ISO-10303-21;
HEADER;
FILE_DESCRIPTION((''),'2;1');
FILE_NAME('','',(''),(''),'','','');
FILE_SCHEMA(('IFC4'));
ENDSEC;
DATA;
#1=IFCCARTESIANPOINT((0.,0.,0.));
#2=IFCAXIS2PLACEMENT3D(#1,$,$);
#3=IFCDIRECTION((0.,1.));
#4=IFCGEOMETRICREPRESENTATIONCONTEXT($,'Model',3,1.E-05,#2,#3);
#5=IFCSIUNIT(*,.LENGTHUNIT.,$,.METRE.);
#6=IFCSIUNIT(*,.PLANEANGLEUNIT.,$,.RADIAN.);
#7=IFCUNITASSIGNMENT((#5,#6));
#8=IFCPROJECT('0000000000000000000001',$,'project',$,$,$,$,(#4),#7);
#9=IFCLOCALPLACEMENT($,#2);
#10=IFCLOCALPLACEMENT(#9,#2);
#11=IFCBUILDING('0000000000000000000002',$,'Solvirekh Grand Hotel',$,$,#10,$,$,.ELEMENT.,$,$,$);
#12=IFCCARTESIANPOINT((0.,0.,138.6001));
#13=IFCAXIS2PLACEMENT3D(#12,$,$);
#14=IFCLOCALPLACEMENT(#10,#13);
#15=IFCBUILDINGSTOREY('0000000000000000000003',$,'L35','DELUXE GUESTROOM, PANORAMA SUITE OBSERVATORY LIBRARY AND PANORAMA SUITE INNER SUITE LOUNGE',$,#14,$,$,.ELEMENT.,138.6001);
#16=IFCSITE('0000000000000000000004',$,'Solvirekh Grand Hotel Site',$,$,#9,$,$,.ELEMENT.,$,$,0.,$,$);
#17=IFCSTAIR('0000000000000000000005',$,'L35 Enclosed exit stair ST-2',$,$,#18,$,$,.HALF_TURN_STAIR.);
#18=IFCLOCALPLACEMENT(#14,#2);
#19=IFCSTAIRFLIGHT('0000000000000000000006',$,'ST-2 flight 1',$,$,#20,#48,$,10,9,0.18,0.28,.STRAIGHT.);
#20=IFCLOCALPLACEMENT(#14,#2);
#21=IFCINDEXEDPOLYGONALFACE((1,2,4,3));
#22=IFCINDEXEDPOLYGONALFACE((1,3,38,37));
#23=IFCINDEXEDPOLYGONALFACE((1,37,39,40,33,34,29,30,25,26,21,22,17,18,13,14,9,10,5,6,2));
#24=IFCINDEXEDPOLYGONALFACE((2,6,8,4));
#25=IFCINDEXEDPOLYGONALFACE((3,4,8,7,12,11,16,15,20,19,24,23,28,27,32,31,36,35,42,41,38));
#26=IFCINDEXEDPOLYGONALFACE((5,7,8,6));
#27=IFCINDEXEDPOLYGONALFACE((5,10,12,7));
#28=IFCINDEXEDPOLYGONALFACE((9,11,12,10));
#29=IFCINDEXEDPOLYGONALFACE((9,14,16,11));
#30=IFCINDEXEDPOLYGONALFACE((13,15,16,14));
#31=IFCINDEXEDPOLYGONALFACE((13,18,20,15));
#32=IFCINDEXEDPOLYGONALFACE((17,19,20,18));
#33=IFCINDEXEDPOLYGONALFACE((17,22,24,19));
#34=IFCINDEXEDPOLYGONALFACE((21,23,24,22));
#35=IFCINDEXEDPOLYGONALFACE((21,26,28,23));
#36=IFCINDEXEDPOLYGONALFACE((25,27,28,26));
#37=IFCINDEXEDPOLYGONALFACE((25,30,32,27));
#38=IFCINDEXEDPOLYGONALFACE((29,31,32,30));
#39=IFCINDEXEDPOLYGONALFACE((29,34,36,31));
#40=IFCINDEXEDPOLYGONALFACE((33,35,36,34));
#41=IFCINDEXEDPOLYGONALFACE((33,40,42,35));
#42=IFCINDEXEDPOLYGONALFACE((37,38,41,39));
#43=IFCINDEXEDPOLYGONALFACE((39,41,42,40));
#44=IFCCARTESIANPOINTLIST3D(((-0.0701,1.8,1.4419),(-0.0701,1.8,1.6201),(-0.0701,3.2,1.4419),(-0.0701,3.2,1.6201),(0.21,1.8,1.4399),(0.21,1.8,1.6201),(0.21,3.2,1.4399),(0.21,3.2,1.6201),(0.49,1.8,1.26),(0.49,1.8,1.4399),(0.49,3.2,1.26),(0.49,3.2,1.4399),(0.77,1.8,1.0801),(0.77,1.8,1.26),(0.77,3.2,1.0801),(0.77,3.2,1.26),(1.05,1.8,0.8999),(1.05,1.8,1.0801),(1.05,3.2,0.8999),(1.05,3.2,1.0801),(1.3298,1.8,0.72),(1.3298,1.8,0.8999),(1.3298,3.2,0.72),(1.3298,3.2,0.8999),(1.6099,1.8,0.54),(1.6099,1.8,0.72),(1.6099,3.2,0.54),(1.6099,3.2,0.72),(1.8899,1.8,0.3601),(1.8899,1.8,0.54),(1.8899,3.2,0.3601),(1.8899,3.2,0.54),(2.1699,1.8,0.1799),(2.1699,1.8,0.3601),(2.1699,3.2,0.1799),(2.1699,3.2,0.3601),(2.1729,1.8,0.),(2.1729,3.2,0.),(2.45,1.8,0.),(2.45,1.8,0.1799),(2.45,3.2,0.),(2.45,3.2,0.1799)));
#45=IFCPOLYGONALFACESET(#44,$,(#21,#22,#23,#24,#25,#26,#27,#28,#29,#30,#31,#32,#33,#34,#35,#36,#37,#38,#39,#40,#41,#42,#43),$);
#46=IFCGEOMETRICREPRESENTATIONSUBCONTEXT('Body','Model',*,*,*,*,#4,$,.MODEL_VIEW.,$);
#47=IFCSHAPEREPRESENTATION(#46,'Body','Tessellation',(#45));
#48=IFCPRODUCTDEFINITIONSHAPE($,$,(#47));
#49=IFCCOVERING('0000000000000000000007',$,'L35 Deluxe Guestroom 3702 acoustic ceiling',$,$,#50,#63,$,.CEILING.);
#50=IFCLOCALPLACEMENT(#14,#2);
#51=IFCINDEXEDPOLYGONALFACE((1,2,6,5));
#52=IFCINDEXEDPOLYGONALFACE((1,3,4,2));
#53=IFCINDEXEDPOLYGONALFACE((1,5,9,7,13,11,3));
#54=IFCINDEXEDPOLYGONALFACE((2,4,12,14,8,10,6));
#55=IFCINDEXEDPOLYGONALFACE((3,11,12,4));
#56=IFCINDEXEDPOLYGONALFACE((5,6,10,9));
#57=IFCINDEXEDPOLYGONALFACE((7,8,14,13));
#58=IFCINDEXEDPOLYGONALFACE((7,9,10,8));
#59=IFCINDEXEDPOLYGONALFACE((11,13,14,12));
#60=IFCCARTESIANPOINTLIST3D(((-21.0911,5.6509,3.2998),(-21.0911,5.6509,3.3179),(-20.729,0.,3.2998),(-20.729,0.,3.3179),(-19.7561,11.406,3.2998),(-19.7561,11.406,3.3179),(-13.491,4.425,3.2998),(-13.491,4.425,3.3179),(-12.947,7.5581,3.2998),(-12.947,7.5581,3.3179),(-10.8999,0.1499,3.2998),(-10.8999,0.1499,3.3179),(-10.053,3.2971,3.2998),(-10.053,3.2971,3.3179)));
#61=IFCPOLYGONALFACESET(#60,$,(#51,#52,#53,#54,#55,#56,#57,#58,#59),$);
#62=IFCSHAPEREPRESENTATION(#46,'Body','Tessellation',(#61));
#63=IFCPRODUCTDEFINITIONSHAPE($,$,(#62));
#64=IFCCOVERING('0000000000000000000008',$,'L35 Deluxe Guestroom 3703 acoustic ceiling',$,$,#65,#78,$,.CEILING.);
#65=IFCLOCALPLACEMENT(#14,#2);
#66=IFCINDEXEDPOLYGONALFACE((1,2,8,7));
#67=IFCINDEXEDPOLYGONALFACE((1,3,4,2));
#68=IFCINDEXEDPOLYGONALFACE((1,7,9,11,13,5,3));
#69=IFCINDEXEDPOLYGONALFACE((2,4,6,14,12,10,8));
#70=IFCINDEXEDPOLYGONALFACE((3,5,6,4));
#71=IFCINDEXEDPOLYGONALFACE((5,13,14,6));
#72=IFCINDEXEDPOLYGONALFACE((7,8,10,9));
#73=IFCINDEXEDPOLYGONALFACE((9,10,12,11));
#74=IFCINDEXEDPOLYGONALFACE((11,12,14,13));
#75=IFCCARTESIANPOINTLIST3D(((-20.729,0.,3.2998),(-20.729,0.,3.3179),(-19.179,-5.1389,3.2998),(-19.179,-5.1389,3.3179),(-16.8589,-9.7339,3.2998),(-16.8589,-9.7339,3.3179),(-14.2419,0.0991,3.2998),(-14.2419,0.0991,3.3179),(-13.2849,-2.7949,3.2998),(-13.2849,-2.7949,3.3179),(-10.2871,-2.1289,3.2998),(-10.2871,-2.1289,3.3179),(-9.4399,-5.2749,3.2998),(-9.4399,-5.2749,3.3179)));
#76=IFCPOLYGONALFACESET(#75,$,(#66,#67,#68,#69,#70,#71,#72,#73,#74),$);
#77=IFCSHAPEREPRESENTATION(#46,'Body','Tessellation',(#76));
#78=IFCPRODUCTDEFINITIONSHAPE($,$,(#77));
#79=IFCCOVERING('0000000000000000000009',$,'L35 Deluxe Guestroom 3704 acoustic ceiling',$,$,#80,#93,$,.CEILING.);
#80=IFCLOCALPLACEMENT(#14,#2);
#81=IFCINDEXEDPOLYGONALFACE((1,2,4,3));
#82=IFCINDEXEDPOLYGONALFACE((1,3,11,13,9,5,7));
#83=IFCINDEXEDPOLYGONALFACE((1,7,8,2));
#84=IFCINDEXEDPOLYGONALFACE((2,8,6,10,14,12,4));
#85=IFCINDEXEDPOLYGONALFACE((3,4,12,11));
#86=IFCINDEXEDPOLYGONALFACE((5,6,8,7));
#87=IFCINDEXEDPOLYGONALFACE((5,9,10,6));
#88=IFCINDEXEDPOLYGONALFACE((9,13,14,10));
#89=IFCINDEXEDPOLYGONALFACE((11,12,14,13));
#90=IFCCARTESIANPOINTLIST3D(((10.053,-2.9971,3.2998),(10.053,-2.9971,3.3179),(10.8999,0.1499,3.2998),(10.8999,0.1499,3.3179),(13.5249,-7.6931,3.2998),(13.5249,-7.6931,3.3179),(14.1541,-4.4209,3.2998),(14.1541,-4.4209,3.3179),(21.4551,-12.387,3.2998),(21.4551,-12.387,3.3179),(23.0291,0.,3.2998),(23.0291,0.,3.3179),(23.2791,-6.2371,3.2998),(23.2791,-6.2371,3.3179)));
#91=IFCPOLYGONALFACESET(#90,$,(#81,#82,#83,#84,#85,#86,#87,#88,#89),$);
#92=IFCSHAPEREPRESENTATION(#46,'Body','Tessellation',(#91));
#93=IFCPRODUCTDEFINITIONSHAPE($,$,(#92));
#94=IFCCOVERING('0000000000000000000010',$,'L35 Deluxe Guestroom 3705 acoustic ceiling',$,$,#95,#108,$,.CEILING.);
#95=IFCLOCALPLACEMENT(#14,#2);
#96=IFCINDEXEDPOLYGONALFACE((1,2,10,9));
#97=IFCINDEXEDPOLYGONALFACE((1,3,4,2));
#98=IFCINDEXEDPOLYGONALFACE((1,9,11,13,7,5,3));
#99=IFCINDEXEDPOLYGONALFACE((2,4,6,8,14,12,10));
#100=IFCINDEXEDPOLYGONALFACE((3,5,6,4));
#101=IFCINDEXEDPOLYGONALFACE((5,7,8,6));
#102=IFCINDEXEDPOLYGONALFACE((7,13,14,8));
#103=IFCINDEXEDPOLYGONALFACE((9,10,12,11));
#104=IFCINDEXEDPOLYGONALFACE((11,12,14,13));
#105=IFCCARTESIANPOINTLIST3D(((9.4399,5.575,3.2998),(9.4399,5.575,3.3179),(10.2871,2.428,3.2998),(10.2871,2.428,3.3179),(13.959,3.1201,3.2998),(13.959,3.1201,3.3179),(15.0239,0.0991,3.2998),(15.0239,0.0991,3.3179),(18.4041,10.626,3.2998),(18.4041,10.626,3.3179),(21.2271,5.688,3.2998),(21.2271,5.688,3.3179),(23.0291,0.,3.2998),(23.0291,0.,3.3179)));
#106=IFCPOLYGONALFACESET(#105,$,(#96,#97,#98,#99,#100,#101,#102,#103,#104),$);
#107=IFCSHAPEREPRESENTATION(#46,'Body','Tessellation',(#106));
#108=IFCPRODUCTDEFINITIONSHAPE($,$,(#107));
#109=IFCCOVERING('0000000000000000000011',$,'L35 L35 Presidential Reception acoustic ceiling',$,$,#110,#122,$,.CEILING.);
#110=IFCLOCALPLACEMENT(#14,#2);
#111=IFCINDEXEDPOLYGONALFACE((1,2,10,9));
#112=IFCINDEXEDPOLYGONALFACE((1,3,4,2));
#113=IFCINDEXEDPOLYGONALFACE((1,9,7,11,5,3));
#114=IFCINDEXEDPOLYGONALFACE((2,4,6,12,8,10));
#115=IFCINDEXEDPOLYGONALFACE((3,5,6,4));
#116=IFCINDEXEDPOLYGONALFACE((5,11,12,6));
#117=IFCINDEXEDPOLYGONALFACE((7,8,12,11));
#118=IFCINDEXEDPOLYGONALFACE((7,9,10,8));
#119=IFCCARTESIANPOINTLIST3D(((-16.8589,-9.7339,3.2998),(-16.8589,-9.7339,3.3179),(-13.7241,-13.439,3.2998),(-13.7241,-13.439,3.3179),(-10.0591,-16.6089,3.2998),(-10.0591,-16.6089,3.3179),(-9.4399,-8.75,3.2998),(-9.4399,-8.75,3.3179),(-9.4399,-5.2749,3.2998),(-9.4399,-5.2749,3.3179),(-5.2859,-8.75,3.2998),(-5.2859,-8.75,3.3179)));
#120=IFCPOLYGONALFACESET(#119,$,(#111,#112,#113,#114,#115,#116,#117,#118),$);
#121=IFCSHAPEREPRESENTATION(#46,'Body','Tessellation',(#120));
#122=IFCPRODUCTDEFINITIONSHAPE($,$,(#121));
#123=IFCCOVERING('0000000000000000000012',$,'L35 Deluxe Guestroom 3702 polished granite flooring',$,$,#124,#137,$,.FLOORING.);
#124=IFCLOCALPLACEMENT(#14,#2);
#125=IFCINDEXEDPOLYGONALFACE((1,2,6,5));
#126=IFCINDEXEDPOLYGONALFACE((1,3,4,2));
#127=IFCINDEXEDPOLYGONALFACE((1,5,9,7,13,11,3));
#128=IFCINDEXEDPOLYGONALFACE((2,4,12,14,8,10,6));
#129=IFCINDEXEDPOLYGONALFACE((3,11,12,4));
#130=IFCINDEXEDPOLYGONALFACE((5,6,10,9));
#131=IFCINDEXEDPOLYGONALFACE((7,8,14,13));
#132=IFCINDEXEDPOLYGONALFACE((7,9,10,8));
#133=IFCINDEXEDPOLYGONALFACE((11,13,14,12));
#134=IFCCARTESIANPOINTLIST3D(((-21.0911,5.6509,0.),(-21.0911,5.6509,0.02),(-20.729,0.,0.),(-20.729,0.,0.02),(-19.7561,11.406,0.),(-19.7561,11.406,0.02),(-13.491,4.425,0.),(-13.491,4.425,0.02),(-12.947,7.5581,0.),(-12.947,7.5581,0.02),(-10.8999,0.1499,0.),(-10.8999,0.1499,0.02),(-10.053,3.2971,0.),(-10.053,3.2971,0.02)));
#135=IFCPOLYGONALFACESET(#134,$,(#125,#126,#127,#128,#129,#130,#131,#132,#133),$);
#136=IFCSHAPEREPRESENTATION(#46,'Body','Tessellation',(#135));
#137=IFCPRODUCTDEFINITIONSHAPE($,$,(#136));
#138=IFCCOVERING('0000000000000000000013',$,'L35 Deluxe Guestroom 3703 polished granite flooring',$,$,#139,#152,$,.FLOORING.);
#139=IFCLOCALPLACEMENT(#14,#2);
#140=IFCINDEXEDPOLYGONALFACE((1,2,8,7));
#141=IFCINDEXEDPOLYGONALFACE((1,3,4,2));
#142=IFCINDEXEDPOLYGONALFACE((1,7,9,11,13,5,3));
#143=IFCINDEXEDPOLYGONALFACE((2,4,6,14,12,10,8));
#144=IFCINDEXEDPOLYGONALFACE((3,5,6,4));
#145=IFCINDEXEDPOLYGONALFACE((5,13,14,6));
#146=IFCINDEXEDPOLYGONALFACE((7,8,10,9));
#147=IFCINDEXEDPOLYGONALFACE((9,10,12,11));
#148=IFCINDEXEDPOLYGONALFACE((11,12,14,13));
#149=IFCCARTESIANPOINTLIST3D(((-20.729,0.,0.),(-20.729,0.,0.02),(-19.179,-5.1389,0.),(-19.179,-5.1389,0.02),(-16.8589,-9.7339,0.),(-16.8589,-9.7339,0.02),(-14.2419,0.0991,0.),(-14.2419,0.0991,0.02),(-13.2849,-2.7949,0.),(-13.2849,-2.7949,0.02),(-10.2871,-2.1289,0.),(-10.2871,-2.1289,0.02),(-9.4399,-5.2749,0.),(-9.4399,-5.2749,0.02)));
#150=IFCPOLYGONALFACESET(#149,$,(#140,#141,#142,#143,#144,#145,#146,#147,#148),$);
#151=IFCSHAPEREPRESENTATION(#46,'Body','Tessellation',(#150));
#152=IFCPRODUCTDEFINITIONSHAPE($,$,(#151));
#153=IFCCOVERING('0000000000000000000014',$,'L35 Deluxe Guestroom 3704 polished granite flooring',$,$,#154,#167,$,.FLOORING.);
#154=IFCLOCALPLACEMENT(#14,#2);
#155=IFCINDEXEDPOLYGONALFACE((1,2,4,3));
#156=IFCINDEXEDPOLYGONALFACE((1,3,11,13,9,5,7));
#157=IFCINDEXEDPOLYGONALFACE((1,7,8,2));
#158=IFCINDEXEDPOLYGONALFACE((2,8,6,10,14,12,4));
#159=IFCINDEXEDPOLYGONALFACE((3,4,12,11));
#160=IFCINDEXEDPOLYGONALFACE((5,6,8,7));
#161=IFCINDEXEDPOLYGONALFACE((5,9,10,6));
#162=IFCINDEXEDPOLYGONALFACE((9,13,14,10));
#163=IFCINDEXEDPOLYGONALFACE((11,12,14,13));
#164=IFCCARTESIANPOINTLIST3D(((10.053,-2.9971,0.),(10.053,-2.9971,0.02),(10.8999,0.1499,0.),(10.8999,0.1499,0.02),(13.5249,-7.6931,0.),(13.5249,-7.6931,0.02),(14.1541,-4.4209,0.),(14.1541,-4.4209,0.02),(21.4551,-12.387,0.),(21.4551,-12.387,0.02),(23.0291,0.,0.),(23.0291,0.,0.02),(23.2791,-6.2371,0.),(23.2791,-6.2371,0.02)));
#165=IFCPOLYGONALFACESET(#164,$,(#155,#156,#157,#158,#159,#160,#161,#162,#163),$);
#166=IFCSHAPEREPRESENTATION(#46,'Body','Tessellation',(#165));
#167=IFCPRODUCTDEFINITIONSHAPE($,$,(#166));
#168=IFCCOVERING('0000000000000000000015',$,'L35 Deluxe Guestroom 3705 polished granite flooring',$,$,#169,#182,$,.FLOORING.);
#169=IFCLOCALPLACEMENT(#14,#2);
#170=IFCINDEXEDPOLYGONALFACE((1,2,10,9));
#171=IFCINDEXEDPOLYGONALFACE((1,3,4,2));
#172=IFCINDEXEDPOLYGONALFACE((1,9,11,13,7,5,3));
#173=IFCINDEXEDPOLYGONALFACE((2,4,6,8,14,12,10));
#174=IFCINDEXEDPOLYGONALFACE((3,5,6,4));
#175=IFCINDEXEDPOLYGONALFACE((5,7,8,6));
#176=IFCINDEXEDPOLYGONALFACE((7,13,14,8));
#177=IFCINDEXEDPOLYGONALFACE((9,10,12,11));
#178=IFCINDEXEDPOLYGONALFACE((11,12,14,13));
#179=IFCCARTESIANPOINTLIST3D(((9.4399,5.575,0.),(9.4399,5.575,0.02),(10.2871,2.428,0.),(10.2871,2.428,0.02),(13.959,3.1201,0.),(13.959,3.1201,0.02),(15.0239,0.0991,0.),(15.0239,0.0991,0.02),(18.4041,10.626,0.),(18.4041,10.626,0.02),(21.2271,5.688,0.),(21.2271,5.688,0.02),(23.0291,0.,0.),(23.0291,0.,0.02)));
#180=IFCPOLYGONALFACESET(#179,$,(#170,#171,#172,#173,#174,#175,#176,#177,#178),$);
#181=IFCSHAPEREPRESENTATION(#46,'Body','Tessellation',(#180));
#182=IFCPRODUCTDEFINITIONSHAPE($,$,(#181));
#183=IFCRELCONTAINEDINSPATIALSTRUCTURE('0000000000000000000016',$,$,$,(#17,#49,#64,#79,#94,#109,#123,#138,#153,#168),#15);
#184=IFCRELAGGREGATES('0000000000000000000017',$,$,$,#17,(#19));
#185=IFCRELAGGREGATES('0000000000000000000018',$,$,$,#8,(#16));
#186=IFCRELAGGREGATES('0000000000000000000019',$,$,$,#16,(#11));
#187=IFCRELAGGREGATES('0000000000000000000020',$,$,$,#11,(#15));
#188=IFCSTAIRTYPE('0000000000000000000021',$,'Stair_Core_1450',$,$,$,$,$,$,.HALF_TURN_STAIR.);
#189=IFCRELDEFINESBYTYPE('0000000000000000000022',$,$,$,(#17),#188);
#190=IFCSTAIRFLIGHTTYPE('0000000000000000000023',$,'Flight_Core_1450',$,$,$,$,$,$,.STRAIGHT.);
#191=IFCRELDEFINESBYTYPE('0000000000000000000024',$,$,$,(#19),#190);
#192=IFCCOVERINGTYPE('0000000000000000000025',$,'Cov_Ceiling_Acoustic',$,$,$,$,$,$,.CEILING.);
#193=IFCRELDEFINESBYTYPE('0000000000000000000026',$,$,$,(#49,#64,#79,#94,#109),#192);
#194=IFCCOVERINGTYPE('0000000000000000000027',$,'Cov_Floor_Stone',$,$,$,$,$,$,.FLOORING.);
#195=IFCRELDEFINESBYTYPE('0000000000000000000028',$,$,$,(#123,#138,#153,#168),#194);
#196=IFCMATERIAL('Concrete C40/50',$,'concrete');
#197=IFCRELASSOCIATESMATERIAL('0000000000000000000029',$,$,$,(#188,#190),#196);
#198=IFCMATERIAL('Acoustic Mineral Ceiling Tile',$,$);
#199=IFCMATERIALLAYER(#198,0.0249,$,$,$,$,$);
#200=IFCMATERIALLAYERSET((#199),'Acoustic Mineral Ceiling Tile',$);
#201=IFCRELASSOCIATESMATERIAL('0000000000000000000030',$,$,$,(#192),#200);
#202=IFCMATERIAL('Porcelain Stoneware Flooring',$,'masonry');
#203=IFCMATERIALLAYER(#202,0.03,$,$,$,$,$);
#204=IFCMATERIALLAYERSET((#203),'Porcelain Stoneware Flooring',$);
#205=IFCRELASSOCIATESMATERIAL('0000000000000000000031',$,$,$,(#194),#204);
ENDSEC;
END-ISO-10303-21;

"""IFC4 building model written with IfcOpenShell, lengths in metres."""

from ifc_helpers import new_model, si_unit, direction, frame, origin, place, context, subcontext, project, spatial, polyline, outline, extrude, material, layer, layer_set, type_object, element, aggregate, save


model = new_model("IFC4")

# Units and contexts
model_context = context("Model", 3, precision=1e-05, world=origin(), true_north=direction((0.0, 1.0)))
body_context = subcontext(model_context, "Body", "Model", "MODEL_VIEW")
ifc_project = project(units=[si_unit("LENGTHUNIT", "METRE"), si_unit("PLANEANGLEUNIT", "RADIAN")], contexts=[model_context])

# Site, building, storey
site_placement = place(None, origin())
site = spatial("IfcSite", under=ifc_project, at=site_placement, Name="Solvirekh Grand Hotel Site", CompositionType="ELEMENT", RefElevation=0.0)
building_placement = place(site_placement, origin())
building = spatial("IfcBuilding", under=site, at=building_placement, Name="Solvirekh Grand Hotel", CompositionType="ELEMENT")
storey_placement = place(building_placement, frame((0.0, 0.0, 138.6001)))
storey = spatial("IfcBuildingStorey", under=building, at=storey_placement, Name="L35", Description="DELUXE GUESTROOM, PANORAMA SUITE OBSERVATORY LIBRARY AND PANORAMA SUITE INNER SUITE LOUNGE", CompositionType="ELEMENT", Elevation=138.6001)

# Shared definitions
ifc_material_1 = material(Name="Concrete C40/50", Category="concrete")

# Stair, stair flight
stair_type = type_object("IfcStairType", Name="Stair_Core_1450", PredefinedType="HALF_TURN_STAIR", material=ifc_material_1)
stair_placement = place(storey_placement, origin())
stair = element("IfcStair", 1, at=stair_placement, inside=storey, type_object=stair_type, Name="L35 Enclosed exit stair ST-2", PredefinedType="HALF_TURN_STAIR")
stair_flight_type = type_object("IfcStairFlightType", Name="Flight_Core_1450", PredefinedType="STRAIGHT", material=ifc_material_1)
stair_flight_placement = place(storey_placement, frame((2.45, 2.5, 0.0), z_axis=(0.0, 0.0, 1.0), x_axis=(-1.0, 0.0, 0.0)))
stair_flight = element("IfcStairFlight", 2, at=stair_flight_placement, type_object=stair_flight_type, Name="ST-2 flight 1", NumberOfRisers=10, NumberOfTreads=9, PredefinedType="STRAIGHT", RiserHeight=0.18, TreadLength=0.28, context=body_context, shape_type="SweptSolid", body=[
    extrude(outline(polyline([(0.0, 0.0), (0.0, 0.1799), (0.28, 0.1799), (0.28, 0.3601), (0.5601, 0.3601), (0.5601, 0.54), (0.8401, 0.54), (0.8401, 0.72), (1.1201, 0.72), (1.1201, 0.8999), (1.3999, 0.8999), (1.3999, 1.0801), (1.6799, 1.0801), (1.6799, 1.26), (1.96, 1.26), (1.96, 1.4399), (2.24, 1.4399), (2.24, 1.6201), (2.52, 1.6201), (2.52, 1.8), (2.52, 1.4419), (0.2771, 0.0), (0.0, 0.0)])), frame((0.0, 0.7, 0.0), z_axis=(0.0, -1.0, 0.0), x_axis=(1.0, 0.0, 0.0)), (0.0, 0.0, 1.0), 1.3999),
])
aggregate(stair, [stair_flight])

# Coverings
ifc_material_2 = material(Name="Acoustic Mineral Ceiling Tile")
ifc_layer_1 = layer(ifc_material_2, 0.0249)
ifc_layer_set_1 = layer_set([ifc_layer_1], Name="Acoustic Mineral Ceiling Tile")
covering_type_1 = type_object("IfcCoveringType", Name="Cov_Ceiling_Acoustic", PredefinedType="CEILING", material=ifc_layer_set_1)
covering_1_placement = place(storey_placement, frame((0.0, 0.0, 3.2998)))
element("IfcCovering", 3, at=covering_1_placement, inside=storey, type_object=covering_type_1, Name="L35 Deluxe Guestroom 3702 acoustic ceiling", PredefinedType="CEILING", context=body_context, shape_type="SweptSolid", body=[
    extrude(outline(polyline([(-13.491, 4.425), (-12.947, 7.5581), (-19.7561, 11.406), (-21.0911, 5.6509), (-20.729, 0.0), (-10.8999, 0.1499), (-10.053, 3.2971), (-13.491, 4.425)])), origin(), (0.0, 0.0, 1.0), 0.0181),
])
covering_2_placement = place(storey_placement, frame((0.0, 0.0, 3.2998)))
element("IfcCovering", 4, at=covering_2_placement, inside=storey, type_object=covering_type_1, Name="L35 Deluxe Guestroom 3703 acoustic ceiling", PredefinedType="CEILING", context=body_context, shape_type="SweptSolid", body=[
    extrude(outline(polyline([(-13.2849, -2.7949), (-14.2419, 0.0991), (-20.729, 0.0), (-19.179, -5.1389), (-16.8589, -9.7339), (-9.4399, -5.2749), (-10.2871, -2.1289), (-13.2849, -2.7949)])), origin(), (0.0, 0.0, 1.0), 0.0181),
])
covering_3_placement = place(storey_placement, frame((0.0, 0.0, 3.2998)))
element("IfcCovering", 5, at=covering_3_placement, inside=storey, type_object=covering_type_1, Name="L35 Deluxe Guestroom 3704 acoustic ceiling", PredefinedType="CEILING", context=body_context, shape_type="SweptSolid", body=[
    extrude(outline(polyline([(14.1541, -4.4209), (13.5249, -7.6931), (21.4551, -12.387), (23.2791, -6.2371), (23.0291, 0.0), (10.8999, 0.1499), (10.053, -2.9971), (14.1541, -4.4209)])), origin(), (0.0, 0.0, 1.0), 0.0181),
])
covering_4_placement = place(storey_placement, frame((0.0, 0.0, 3.2998)))
element("IfcCovering", 6, at=covering_4_placement, inside=storey, type_object=covering_type_1, Name="L35 Deluxe Guestroom 3705 acoustic ceiling", PredefinedType="CEILING", context=body_context, shape_type="SweptSolid", body=[
    extrude(outline(polyline([(13.959, 3.1201), (15.0239, 0.0991), (23.0291, 0.0), (21.2271, 5.688), (18.4041, 10.626), (9.4399, 5.575), (10.2871, 2.428), (13.959, 3.1201)])), origin(), (0.0, 0.0, 1.0), 0.0181),
])
covering_5_placement = place(storey_placement, frame((0.0, 0.0, 3.2998)))
element("IfcCovering", 7, at=covering_5_placement, inside=storey, type_object=covering_type_1, Name="L35 L35 Presidential Reception acoustic ceiling", PredefinedType="CEILING", context=body_context, shape_type="SweptSolid", body=[
    extrude(outline(polyline([(-16.8589, -9.7339), (-13.7241, -13.439), (-10.0591, -16.6089), (-5.2859, -8.75), (-9.4399, -8.75), (-9.4399, -5.2749), (-16.8589, -9.7339)])), origin(), (0.0, 0.0, 1.0), 0.0181),
])
ifc_material_3 = material(Name="Porcelain Stoneware Flooring", Category="masonry")
ifc_layer_2 = layer(ifc_material_3, 0.03)
ifc_layer_set_2 = layer_set([ifc_layer_2], Name="Porcelain Stoneware Flooring")
covering_type_2 = type_object("IfcCoveringType", Name="Cov_Floor_Stone", PredefinedType="FLOORING", material=ifc_layer_set_2)
covering_6_placement = place(storey_placement, origin())
element("IfcCovering", 8, at=covering_6_placement, inside=storey, type_object=covering_type_2, Name="L35 Deluxe Guestroom 3702 polished granite flooring", PredefinedType="FLOORING", context=body_context, shape_type="SweptSolid", body=[
    extrude(outline(polyline([(-13.491, 4.425), (-12.947, 7.5581), (-19.7561, 11.406), (-21.0911, 5.6509), (-20.729, 0.0), (-10.8999, 0.1499), (-10.053, 3.2971), (-13.491, 4.425)])), origin(), (0.0, 0.0, 1.0), 0.02),
])
covering_7_placement = place(storey_placement, origin())
element("IfcCovering", 9, at=covering_7_placement, inside=storey, type_object=covering_type_2, Name="L35 Deluxe Guestroom 3703 polished granite flooring", PredefinedType="FLOORING", context=body_context, shape_type="SweptSolid", body=[
    extrude(outline(polyline([(-13.2849, -2.7949), (-14.2419, 0.0991), (-20.729, 0.0), (-19.179, -5.1389), (-16.8589, -9.7339), (-9.4399, -5.2749), (-10.2871, -2.1289), (-13.2849, -2.7949)])), origin(), (0.0, 0.0, 1.0), 0.02),
])
covering_8_placement = place(storey_placement, origin())
element("IfcCovering", 10, at=covering_8_placement, inside=storey, type_object=covering_type_2, Name="L35 Deluxe Guestroom 3704 polished granite flooring", PredefinedType="FLOORING", context=body_context, shape_type="SweptSolid", body=[
    extrude(outline(polyline([(14.1541, -4.4209), (13.5249, -7.6931), (21.4551, -12.387), (23.2791, -6.2371), (23.0291, 0.0), (10.8999, 0.1499), (10.053, -2.9971), (14.1541, -4.4209)])), origin(), (0.0, 0.0, 1.0), 0.02),
])
covering_9_placement = place(storey_placement, origin())
element("IfcCovering", 11, at=covering_9_placement, inside=storey, type_object=covering_type_2, Name="L35 Deluxe Guestroom 3705 polished granite flooring", PredefinedType="FLOORING", context=body_context, shape_type="SweptSolid", body=[
    extrude(outline(polyline([(13.959, 3.1201), (15.0239, 0.0991), (23.0291, 0.0), (21.2271, 5.688), (18.4041, 10.626), (9.4399, 5.575), (10.2871, 2.428), (13.959, 3.1201)])), origin(), (0.0, 0.0, 1.0), 0.02),
])

save(model, "model.ifc")
